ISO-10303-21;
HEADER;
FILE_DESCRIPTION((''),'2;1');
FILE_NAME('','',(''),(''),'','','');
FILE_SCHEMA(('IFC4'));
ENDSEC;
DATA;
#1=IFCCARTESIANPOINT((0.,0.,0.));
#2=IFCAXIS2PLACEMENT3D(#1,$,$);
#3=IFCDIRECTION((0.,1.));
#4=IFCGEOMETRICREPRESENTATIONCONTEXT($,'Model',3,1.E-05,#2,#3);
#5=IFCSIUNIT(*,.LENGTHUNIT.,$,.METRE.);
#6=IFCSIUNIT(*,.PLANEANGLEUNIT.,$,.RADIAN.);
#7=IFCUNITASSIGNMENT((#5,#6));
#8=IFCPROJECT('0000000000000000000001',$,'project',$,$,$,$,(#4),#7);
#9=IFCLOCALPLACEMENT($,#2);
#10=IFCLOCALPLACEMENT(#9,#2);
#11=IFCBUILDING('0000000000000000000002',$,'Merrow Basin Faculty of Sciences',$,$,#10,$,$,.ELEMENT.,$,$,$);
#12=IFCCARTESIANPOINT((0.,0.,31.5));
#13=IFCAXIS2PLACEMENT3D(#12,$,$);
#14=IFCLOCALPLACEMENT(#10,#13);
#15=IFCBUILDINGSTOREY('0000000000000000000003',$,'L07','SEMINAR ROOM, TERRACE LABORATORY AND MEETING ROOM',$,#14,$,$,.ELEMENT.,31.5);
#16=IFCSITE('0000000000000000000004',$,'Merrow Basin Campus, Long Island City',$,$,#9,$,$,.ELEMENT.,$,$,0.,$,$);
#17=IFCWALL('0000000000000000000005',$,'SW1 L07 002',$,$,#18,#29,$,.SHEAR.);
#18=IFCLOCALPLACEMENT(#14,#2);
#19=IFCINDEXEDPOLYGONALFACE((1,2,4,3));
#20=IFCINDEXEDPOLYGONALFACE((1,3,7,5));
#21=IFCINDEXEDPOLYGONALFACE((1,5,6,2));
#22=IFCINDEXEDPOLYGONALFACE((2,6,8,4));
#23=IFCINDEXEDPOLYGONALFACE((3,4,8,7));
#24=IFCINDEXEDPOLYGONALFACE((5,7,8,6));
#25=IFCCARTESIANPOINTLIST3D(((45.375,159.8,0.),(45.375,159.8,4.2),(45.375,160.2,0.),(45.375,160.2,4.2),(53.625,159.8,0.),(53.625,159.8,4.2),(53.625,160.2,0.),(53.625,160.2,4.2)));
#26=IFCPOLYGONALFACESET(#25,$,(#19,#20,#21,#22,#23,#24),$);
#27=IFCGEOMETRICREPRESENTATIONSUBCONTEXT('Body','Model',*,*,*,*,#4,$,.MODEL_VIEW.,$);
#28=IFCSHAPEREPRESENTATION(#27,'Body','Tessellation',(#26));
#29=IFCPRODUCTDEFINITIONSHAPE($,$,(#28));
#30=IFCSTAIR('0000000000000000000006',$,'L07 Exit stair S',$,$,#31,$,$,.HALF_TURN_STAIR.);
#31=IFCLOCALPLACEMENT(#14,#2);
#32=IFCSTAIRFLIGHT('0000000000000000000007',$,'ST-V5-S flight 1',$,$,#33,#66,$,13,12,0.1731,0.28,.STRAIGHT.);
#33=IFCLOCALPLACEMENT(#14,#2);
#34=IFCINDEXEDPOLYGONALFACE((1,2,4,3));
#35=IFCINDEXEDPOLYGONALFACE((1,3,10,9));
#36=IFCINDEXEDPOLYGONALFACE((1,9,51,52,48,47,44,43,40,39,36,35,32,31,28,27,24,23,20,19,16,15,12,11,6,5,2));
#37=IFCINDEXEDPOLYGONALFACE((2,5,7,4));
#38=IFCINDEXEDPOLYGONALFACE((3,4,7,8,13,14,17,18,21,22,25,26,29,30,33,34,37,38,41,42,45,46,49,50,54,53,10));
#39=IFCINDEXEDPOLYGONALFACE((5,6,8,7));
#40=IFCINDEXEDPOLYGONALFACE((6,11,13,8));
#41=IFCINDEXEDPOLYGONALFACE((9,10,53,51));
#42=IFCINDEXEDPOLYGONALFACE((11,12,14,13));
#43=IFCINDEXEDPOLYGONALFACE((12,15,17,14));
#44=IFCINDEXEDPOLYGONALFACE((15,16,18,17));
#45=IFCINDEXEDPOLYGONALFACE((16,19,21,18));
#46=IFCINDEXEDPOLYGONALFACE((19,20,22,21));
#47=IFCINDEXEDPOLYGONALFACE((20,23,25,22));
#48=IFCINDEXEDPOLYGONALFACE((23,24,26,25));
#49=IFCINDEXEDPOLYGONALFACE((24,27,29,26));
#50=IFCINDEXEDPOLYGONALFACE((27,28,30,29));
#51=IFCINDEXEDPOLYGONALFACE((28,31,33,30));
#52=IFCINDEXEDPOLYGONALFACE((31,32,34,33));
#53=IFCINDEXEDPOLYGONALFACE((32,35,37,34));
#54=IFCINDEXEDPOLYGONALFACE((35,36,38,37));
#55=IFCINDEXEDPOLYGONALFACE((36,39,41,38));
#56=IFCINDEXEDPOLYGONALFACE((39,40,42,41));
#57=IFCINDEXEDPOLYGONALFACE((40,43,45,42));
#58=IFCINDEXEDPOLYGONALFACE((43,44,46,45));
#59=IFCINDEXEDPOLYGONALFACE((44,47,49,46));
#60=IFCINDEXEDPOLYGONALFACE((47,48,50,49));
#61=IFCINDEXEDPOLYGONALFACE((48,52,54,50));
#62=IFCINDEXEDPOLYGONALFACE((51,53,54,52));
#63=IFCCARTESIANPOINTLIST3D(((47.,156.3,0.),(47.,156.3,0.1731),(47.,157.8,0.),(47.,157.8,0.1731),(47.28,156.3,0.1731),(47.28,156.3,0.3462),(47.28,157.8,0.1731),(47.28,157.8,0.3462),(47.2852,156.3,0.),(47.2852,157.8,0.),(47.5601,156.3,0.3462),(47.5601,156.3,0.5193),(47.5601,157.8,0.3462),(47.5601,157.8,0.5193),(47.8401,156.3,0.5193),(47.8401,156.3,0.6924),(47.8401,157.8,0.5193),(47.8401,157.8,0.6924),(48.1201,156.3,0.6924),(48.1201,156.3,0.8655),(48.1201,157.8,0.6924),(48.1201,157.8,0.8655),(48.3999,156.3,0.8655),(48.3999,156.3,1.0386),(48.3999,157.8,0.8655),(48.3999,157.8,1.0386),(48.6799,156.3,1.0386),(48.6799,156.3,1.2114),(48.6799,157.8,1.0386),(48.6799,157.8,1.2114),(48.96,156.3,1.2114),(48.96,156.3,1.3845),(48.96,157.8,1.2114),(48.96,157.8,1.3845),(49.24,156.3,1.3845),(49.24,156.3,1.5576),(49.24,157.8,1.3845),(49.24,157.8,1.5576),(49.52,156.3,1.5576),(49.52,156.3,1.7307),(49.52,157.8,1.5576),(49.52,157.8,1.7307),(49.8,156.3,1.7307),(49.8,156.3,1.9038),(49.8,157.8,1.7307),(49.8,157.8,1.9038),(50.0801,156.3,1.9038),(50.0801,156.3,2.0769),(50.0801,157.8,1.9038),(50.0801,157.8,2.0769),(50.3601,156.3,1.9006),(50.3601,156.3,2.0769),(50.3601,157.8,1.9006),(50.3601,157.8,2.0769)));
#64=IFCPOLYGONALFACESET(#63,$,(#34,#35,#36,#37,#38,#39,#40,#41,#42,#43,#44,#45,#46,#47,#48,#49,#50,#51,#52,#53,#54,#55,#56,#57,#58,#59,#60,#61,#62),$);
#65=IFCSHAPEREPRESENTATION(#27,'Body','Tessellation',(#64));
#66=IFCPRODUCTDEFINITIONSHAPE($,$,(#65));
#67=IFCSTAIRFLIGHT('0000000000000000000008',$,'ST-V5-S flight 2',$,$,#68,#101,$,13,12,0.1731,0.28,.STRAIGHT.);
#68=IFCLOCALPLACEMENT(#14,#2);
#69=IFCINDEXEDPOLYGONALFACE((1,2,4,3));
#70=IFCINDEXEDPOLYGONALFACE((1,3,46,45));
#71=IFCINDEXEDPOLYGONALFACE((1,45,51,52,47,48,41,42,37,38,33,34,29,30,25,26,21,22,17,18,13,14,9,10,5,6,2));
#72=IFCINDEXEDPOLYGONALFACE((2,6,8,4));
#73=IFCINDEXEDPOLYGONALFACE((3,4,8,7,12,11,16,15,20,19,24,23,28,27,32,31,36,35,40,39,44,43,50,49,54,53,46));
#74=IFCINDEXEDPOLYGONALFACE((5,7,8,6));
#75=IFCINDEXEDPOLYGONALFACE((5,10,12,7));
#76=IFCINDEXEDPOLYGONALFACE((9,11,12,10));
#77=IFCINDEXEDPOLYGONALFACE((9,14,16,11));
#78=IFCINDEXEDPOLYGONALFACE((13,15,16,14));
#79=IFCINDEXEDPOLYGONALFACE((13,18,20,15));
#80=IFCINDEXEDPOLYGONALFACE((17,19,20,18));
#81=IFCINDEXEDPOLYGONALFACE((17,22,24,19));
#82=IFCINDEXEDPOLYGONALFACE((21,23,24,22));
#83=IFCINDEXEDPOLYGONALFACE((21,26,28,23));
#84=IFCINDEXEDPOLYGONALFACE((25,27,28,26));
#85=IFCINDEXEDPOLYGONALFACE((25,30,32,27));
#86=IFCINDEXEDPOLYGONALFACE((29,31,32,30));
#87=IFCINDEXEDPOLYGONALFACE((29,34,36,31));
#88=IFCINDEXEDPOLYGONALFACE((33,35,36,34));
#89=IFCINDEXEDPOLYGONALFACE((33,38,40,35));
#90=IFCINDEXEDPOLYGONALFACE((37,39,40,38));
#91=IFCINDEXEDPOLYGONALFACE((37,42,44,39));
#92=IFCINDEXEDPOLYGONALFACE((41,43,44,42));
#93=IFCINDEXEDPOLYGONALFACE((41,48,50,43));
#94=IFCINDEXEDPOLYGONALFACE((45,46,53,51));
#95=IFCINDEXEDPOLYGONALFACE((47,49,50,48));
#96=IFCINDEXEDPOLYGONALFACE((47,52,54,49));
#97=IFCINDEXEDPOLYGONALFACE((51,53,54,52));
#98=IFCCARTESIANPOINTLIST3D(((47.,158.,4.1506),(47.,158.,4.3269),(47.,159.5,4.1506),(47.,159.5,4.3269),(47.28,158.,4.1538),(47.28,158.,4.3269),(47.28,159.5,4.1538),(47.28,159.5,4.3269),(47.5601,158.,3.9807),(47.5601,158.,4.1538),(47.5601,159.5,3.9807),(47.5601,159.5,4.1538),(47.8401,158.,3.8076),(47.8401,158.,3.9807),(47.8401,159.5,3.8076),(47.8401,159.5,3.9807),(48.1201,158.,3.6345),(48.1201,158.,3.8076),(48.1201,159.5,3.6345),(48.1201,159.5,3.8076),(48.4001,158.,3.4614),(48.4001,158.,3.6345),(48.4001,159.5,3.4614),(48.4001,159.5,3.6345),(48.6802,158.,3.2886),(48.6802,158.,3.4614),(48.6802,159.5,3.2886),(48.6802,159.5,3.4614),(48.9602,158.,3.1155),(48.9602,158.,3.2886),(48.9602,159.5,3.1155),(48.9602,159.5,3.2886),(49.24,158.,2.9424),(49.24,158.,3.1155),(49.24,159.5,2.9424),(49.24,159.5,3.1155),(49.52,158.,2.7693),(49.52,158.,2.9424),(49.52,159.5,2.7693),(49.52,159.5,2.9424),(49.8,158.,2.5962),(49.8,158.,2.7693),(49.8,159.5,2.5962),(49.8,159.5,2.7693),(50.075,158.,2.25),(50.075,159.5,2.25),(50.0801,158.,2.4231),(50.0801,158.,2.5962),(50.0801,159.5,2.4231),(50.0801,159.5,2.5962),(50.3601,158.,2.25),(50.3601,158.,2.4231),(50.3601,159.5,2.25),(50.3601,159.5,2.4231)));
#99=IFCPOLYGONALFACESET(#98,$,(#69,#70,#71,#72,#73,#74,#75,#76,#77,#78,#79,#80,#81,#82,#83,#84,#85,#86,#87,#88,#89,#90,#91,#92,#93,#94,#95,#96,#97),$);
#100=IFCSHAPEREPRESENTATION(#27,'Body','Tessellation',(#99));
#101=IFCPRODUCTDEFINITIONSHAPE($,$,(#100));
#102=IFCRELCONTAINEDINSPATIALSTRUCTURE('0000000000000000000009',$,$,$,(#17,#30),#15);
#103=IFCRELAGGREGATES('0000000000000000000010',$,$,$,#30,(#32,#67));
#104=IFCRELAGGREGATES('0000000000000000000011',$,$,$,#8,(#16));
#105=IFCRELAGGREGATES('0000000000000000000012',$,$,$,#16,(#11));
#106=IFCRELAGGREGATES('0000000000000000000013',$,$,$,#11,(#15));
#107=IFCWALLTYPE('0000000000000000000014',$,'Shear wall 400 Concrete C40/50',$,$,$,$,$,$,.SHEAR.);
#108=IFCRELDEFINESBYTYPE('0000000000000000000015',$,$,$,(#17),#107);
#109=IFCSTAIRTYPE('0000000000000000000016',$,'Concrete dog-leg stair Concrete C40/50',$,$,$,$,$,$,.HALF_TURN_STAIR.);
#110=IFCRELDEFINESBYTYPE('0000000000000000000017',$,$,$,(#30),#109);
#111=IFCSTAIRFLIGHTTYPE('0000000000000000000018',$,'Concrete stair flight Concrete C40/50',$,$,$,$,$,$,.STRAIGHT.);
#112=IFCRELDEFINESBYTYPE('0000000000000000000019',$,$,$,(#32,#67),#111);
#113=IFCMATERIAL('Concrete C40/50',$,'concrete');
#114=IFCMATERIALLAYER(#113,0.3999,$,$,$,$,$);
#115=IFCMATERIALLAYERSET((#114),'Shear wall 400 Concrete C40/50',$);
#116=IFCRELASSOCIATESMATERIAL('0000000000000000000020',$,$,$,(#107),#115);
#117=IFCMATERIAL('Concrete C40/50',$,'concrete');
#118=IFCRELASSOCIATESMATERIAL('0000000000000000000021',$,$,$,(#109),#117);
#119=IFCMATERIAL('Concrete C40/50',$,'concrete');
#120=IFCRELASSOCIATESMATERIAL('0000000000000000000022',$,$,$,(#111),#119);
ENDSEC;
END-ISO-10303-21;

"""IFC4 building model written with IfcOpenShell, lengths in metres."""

from ifc_helpers import new_model, si_unit, direction, frame, frame_2d, origin, place, context, subcontext, project, spatial, polyline, rectangle, outline, extrude, material, layer, layer_set, type_object, element, aggregate, save


model = new_model("IFC4")

# Units and contexts
model_context = context("Model", 3, precision=1e-05, world=origin(), true_north=direction((0.0, 1.0)))
body_context = subcontext(model_context, "Body", "Model", "MODEL_VIEW")
ifc_project = project(units=[si_unit("LENGTHUNIT", "METRE"), si_unit("PLANEANGLEUNIT", "RADIAN")], contexts=[model_context])

# Site, building, storey
site_placement = place(None, origin())
site = spatial("IfcSite", under=ifc_project, at=site_placement, Name="Merrow Basin Campus, Long Island City", CompositionType="ELEMENT", RefElevation=0.0)
building_placement = place(site_placement, origin())
building = spatial("IfcBuilding", under=site, at=building_placement, Name="Merrow Basin Faculty of Sciences", CompositionType="ELEMENT")
storey_placement = place(building_placement, frame((0.0, 0.0, 31.5)))
storey = spatial("IfcBuildingStorey", under=building, at=storey_placement, Name="L07", Description="SEMINAR ROOM, TERRACE LABORATORY AND MEETING ROOM", CompositionType="ELEMENT", Elevation=31.5)

# Wall
ifc_material_1 = material(Name="Concrete C40/50", Category="concrete")
ifc_layer_1 = layer(ifc_material_1, 0.3999)
ifc_layer_set_1 = layer_set([ifc_layer_1], Name="Shear wall 400 Concrete C40/50")
wall_type_1 = type_object("IfcWallType", Name="Shear wall 400 Concrete C40/50", PredefinedType="SHEAR", material=ifc_layer_set_1)
wall_1_placement = place(storey_placement, frame((45.375, 160.0, 0.0), z_axis=(0.0, 0.0, 1.0), x_axis=(1.0, 0.0, 0.0)))
element("IfcWall", 1, at=wall_1_placement, inside=storey, type_object=wall_type_1, Name="SW1 L07 002", PredefinedType="SHEAR", context=body_context, shape_type="SweptSolid", body=[
    extrude(rectangle(XDim=8.25, YDim=0.3999, at=frame_2d((4.125, 0.0))), origin(), (0.0, 0.0, 1.0), 4.2),
])

# Stair, stair flights
ifc_material_2 = material(Name="Concrete C40/50", Category="concrete")
stair_type = type_object("IfcStairType", Name="Concrete dog-leg stair Concrete C40/50", PredefinedType="HALF_TURN_STAIR", material=ifc_material_2)
stair_placement = place(storey_placement, origin())
stair = element("IfcStair", 2, at=stair_placement, inside=storey, type_object=stair_type, Name="L07 Exit stair S", PredefinedType="HALF_TURN_STAIR")
ifc_material_3 = material(Name="Concrete C40/50", Category="concrete")
stair_flight_type = type_object("IfcStairFlightType", Name="Concrete stair flight Concrete C40/50", PredefinedType="STRAIGHT", material=ifc_material_3)
stair_flight_1_placement = place(storey_placement, frame((47.0, 157.05, 0.0), z_axis=(0.0, 0.0, 1.0), x_axis=(1.0, 0.0, 0.0)))
stair_flight_1 = element("IfcStairFlight", 3, at=stair_flight_1_placement, type_object=stair_flight_type, Name="ST-V5-S flight 1", NumberOfRisers=13, NumberOfTreads=12, PredefinedType="STRAIGHT", RiserHeight=0.1731, TreadLength=0.28, context=body_context, shape_type="SweptSolid", body=[
    extrude(outline(polyline([(0.0, 0.0), (0.0, 0.1731), (0.28, 0.1731), (0.28, 0.3462), (0.5601, 0.3462), (0.5601, 0.5193), (0.8401, 0.5193), (0.8401, 0.6924), (1.1201, 0.6924), (1.1201, 0.8655), (1.3999, 0.8655), (1.3999, 1.0386), (1.6799, 1.0386), (1.6799, 1.2114), (1.96, 1.2114), (1.96, 1.3845), (2.24, 1.3845), (2.24, 1.5576), (2.52, 1.5576), (2.52, 1.7307), (2.8, 1.7307), (2.8, 1.9038), (3.0801, 1.9038), (3.0801, 2.0769), (3.3601, 2.0769), (3.3601, 2.25), (3.3601, 1.9006), (0.2852, 0.0), (0.0, 0.0)])), frame((0.0, 0.75, 0.0), z_axis=(0.0, -1.0, 0.0), x_axis=(1.0, 0.0, 0.0)), (0.0, 0.0, 1.0), 1.5),
])
stair_flight_2_placement = place(storey_placement, frame((50.3601, 158.75, 2.25), z_axis=(0.0, 0.0, 1.0), x_axis=(-1.0, 0.0, 0.0)))
stair_flight_2 = element("IfcStairFlight", 4, at=stair_flight_2_placement, type_object=stair_flight_type, Name="ST-V5-S flight 2", NumberOfRisers=13, NumberOfTreads=12, PredefinedType="STRAIGHT", RiserHeight=0.1731, TreadLength=0.28, context=body_context, shape_type="SweptSolid", body=[
    extrude(outline(polyline([(0.0, 0.0), (0.0, 0.1731), (0.28, 0.1731), (0.28, 0.3462), (0.5601, 0.3462), (0.5601, 0.5193), (0.8401, 0.5193), (0.8401, 0.6924), (1.1201, 0.6924), (1.1201, 0.8655), (1.3999, 0.8655), (1.3999, 1.0386), (1.6799, 1.0386), (1.6799, 1.2114), (1.96, 1.2114), (1.96, 1.3845), (2.24, 1.3845), (2.24, 1.5576), (2.52, 1.5576), (2.52, 1.7307), (2.8, 1.7307), (2.8, 1.9038), (3.0801, 1.9038), (3.0801, 2.0769), (3.3601, 2.0769), (3.3601, 2.25), (3.3601, 1.9006), (0.2852, 0.0), (0.0, 0.0)])), frame((0.0, 0.75, 0.0), z_axis=(0.0, -1.0, 0.0), x_axis=(1.0, 0.0, 0.0)), (0.0, 0.0, 1.0), 1.5),
])
aggregate(stair, [stair_flight_1, stair_flight_2])

save(model, "model.ifc")
